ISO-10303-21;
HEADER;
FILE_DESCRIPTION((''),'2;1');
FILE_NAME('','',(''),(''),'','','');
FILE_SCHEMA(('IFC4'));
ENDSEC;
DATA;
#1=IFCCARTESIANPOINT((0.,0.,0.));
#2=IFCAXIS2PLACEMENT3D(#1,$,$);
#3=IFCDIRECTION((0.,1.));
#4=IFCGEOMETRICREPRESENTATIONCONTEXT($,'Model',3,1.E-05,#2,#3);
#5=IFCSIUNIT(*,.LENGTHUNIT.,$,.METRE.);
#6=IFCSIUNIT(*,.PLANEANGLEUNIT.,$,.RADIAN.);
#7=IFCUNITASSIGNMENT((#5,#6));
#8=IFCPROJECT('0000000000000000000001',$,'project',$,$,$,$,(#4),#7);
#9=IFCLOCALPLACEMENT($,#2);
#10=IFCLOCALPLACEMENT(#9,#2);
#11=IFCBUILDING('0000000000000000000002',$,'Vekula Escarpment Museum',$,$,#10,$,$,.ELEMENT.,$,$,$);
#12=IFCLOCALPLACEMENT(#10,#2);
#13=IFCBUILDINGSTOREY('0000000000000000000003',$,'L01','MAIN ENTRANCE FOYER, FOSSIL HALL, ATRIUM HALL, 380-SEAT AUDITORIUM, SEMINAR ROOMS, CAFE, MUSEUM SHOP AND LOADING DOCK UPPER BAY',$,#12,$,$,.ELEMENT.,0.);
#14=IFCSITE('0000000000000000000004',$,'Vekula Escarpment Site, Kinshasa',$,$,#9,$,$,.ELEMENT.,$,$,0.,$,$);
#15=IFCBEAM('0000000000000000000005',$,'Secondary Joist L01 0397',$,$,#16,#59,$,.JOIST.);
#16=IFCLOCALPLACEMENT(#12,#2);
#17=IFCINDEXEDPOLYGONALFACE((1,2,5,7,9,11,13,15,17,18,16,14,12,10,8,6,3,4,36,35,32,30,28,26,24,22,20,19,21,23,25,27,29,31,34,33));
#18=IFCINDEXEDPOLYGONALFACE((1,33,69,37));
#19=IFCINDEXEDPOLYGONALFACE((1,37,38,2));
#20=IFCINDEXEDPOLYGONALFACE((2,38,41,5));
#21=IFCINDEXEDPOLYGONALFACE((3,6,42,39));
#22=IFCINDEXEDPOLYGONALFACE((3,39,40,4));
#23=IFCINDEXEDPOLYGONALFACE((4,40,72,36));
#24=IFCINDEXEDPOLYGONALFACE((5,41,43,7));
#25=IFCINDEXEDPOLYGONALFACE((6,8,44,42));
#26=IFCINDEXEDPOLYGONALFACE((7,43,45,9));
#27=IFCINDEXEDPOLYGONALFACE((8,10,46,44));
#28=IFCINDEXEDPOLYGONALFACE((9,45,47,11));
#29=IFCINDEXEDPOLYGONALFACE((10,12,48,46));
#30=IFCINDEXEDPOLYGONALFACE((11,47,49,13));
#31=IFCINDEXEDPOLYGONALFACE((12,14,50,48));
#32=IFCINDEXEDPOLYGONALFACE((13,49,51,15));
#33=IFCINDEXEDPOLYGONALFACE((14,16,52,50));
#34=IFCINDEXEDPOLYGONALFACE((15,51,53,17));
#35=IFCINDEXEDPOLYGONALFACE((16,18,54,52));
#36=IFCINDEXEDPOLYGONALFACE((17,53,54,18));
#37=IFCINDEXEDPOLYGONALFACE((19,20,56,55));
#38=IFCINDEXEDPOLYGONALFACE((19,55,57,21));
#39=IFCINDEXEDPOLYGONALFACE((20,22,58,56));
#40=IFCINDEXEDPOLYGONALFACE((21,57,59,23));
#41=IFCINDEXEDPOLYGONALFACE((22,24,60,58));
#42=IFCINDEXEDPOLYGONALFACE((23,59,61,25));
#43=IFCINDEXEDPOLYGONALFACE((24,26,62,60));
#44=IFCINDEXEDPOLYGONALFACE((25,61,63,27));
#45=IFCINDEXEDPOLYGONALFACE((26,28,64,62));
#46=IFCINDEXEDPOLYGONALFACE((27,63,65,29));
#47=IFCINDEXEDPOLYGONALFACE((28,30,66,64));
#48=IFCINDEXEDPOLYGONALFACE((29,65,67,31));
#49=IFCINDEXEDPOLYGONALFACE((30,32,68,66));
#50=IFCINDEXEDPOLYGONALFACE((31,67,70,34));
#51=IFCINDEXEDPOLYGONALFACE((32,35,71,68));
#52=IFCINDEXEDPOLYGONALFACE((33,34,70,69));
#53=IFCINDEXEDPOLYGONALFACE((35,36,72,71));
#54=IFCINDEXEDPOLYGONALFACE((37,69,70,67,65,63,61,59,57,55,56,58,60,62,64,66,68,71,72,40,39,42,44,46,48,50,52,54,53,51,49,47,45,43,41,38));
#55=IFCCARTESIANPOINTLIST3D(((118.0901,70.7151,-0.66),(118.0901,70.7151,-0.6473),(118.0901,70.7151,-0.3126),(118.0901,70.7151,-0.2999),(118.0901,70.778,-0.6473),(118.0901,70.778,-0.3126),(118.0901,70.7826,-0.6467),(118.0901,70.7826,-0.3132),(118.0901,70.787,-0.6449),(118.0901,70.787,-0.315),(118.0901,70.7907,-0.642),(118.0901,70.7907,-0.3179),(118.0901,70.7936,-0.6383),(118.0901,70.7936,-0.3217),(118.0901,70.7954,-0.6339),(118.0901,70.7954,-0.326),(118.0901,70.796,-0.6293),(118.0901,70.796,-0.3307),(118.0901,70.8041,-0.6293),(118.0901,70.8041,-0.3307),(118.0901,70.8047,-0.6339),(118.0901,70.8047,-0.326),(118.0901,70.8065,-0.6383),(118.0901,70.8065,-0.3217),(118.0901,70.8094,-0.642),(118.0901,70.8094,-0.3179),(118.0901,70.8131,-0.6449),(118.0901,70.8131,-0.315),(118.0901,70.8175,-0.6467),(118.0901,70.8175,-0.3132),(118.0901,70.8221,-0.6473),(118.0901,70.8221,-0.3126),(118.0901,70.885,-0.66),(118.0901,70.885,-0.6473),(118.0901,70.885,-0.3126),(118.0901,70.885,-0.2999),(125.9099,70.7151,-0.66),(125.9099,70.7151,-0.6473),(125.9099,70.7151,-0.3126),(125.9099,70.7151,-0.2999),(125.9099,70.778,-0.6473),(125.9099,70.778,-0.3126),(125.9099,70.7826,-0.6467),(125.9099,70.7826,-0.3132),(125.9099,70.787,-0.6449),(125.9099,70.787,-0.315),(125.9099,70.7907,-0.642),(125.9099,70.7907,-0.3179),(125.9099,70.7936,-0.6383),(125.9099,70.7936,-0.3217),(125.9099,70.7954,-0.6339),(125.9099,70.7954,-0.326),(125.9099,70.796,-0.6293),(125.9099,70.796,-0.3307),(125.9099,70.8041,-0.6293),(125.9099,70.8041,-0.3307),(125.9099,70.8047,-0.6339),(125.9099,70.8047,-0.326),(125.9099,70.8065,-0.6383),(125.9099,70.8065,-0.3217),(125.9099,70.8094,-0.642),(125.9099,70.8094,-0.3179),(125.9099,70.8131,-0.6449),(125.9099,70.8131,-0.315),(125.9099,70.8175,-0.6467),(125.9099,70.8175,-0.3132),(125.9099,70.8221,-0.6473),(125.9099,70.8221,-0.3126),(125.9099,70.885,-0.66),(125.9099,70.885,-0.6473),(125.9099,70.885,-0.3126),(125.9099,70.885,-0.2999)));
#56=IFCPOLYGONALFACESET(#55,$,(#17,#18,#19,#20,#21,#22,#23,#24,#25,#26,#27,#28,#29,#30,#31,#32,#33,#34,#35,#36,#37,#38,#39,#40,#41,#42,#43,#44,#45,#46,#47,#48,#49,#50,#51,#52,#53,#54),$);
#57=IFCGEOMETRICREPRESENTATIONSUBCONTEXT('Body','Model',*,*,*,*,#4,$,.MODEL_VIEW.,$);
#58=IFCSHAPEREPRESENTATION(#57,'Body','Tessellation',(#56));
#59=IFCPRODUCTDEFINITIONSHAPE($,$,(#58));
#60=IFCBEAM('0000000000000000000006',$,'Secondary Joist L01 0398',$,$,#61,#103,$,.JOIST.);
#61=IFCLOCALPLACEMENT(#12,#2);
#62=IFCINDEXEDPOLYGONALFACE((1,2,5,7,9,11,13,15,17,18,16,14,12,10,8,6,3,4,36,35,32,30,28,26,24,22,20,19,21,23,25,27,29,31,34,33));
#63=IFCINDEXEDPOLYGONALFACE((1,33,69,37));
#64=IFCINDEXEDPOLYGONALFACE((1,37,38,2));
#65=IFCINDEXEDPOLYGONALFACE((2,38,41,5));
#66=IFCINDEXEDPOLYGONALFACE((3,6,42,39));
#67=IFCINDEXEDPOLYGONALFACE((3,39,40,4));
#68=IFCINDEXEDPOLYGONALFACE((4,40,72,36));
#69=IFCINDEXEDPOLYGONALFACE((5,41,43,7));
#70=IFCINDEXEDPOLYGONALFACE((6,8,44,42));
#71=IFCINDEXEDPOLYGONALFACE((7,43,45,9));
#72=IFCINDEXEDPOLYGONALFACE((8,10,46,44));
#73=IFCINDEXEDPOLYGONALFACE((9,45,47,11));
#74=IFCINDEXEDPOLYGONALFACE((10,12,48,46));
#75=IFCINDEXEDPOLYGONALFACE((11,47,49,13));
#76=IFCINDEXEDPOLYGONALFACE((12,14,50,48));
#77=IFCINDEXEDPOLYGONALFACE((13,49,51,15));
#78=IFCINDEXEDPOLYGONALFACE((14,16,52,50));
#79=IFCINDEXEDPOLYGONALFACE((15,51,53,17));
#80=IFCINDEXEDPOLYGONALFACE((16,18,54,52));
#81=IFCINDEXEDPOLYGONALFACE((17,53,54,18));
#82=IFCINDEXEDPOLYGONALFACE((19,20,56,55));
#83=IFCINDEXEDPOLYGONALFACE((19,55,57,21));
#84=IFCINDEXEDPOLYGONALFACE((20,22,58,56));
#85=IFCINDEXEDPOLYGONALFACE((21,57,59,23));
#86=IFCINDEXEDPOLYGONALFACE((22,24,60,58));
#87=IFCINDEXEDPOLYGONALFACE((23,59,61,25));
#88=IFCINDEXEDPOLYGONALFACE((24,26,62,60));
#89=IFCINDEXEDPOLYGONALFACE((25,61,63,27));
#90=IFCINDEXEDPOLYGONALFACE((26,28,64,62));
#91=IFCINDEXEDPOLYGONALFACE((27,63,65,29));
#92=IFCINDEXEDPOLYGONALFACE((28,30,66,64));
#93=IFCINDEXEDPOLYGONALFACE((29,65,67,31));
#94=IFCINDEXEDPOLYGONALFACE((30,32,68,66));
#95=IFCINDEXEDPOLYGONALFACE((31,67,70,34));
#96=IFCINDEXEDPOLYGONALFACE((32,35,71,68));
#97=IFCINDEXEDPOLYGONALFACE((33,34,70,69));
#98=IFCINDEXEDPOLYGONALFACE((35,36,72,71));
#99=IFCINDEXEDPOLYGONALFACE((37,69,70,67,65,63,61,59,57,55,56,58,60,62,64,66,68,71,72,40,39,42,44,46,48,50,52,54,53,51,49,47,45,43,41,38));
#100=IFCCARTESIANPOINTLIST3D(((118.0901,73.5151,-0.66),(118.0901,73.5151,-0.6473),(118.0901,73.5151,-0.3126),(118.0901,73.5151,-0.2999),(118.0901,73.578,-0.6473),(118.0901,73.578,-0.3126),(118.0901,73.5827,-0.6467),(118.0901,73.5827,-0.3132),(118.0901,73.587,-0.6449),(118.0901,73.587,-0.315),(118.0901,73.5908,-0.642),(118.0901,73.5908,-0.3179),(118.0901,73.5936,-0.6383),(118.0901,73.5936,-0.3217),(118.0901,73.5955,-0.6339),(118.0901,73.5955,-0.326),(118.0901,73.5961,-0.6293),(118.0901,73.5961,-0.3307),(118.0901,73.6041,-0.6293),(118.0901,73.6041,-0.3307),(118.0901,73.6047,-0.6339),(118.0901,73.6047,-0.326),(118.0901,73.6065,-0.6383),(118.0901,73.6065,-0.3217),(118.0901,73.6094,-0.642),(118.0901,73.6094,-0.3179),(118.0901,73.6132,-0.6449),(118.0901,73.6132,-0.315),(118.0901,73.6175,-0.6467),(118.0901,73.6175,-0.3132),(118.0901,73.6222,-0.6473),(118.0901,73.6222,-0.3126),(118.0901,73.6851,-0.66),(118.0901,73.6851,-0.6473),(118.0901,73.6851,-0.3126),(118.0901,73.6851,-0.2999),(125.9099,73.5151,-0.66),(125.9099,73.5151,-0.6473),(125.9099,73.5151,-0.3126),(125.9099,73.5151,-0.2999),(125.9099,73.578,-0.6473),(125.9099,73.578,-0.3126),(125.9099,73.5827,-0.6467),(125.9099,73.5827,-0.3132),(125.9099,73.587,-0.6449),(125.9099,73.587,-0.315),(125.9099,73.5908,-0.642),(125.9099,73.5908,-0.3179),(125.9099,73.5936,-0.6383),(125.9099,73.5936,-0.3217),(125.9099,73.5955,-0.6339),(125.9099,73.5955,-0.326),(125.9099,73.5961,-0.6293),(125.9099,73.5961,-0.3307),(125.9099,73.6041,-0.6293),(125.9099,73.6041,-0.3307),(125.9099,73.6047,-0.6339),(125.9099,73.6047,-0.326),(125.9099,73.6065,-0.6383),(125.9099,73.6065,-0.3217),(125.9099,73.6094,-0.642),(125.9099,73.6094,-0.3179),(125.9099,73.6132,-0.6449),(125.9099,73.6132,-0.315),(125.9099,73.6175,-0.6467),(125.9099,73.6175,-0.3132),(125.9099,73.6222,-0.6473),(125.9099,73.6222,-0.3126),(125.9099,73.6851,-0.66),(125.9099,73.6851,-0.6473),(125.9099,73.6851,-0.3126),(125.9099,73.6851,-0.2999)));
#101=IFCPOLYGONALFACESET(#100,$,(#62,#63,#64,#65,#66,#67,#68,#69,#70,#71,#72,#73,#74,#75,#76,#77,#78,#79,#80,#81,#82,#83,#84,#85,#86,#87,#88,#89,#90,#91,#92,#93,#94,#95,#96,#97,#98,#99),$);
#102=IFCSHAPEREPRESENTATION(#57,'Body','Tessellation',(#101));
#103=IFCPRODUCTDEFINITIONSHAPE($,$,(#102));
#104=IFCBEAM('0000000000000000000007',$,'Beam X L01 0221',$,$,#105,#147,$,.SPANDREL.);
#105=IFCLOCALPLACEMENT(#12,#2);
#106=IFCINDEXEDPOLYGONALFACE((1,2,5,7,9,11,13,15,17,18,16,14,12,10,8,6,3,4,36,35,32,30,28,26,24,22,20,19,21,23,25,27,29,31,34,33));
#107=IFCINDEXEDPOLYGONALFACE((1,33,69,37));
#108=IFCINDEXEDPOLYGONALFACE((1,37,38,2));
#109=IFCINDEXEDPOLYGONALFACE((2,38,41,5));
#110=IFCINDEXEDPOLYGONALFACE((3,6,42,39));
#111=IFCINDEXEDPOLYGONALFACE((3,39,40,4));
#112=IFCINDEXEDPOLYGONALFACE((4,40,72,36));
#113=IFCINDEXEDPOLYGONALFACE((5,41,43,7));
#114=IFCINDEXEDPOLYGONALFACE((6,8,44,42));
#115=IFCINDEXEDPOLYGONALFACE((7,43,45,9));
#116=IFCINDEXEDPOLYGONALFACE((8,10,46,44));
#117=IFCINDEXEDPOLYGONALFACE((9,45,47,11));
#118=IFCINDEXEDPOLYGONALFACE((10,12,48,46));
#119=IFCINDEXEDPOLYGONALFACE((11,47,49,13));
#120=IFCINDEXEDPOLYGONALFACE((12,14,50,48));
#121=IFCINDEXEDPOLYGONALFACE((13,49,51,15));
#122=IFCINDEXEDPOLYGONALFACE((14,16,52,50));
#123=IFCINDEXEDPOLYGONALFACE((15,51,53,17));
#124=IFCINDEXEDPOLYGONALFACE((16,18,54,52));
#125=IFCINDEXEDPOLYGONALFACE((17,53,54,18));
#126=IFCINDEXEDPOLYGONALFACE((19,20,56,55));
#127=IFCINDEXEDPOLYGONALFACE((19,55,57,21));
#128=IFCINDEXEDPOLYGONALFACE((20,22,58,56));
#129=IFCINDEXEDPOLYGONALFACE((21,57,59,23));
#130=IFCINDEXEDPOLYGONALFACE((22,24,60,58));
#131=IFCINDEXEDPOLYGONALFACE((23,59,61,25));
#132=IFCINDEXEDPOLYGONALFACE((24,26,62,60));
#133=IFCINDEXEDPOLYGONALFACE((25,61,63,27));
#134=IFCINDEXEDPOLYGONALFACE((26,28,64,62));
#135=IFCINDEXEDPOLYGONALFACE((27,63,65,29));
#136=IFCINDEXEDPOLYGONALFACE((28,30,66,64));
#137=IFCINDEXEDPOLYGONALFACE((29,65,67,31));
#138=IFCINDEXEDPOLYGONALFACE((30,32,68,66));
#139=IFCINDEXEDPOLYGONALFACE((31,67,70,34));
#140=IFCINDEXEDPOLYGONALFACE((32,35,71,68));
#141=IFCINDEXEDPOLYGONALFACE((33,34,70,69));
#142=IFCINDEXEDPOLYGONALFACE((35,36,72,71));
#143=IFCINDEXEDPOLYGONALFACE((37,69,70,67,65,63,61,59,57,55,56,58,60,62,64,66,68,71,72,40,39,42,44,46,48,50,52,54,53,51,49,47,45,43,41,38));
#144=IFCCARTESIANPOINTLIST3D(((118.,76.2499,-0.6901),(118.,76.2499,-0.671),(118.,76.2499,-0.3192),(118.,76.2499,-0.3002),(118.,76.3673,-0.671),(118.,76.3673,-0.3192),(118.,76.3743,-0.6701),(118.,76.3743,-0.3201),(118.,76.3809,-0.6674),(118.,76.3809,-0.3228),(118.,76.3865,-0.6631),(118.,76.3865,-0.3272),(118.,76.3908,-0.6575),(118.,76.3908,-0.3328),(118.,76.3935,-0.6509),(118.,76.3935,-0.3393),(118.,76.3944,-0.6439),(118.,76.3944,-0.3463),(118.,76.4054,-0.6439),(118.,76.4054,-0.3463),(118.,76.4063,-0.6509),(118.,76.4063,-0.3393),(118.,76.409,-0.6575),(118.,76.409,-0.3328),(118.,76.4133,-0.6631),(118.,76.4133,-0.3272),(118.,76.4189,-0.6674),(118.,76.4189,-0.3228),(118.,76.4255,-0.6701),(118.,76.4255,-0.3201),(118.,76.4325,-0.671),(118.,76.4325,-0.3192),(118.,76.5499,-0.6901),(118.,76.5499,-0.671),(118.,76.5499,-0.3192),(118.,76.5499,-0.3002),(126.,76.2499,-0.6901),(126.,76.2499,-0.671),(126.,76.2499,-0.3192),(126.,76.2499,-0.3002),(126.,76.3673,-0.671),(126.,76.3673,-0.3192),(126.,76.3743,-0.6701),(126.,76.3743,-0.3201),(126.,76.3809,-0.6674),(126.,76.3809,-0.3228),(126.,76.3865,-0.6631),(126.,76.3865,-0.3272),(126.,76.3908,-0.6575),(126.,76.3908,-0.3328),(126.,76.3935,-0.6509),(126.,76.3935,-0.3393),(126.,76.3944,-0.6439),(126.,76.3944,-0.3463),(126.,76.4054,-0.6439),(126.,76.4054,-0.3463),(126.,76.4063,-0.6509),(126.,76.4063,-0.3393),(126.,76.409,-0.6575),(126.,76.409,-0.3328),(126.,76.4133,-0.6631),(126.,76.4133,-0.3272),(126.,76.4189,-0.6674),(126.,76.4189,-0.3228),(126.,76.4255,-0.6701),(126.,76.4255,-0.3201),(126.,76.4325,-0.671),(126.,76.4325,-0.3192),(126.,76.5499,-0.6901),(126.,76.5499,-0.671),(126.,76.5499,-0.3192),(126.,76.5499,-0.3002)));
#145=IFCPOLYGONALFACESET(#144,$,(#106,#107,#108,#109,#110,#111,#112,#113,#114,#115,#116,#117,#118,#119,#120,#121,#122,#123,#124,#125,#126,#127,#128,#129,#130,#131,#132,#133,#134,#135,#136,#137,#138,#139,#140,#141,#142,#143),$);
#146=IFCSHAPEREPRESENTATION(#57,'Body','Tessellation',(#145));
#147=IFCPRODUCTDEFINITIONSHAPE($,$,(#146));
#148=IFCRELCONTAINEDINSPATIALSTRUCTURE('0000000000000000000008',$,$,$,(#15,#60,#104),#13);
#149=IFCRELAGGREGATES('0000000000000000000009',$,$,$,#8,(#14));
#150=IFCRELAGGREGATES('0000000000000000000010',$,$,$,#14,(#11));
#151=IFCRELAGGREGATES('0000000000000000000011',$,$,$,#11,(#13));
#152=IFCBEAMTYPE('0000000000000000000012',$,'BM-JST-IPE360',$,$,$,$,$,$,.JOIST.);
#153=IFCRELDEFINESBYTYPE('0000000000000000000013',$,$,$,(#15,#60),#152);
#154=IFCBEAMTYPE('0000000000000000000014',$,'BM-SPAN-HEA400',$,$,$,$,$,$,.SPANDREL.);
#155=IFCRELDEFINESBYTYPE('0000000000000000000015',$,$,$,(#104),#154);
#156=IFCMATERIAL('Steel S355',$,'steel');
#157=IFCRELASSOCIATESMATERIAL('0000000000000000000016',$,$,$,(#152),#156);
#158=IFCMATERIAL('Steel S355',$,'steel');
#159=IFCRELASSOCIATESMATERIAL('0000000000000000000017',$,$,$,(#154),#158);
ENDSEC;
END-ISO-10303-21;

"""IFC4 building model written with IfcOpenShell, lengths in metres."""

from ifc_helpers import new_model, si_unit, direction, frame, origin, origin_2d, place, context, subcontext, project, spatial, i_section, extrude, material, material_profile, profile_set, type_object, element, save


model = new_model("IFC4")

# Units and contexts
model_context = context("Model", 3, precision=1e-05, world=origin(), true_north=direction((0.0, 1.0)))
body_context = subcontext(model_context, "Body", "Model", "MODEL_VIEW")
ifc_project = project(units=[si_unit("LENGTHUNIT", "METRE"), si_unit("PLANEANGLEUNIT", "RADIAN")], contexts=[model_context])

# Site, building, storey
site_placement = place(None, origin())
site = spatial("IfcSite", under=ifc_project, at=site_placement, Name="Vekula Escarpment Site, Kinshasa", CompositionType="ELEMENT", RefElevation=0.0)
building_placement = place(site_placement, origin())
building = spatial("IfcBuilding", under=site, at=building_placement, Name="Vekula Escarpment Museum", CompositionType="ELEMENT")
storey_placement = place(building_placement, origin())
storey = spatial("IfcBuildingStorey", under=building, at=storey_placement, Name="L01", Description="MAIN ENTRANCE FOYER, FOSSIL HALL, ATRIUM HALL, 380-SEAT AUDITORIUM, SEMINAR ROOMS, CAFE, MUSEUM SHOP AND LOADING DOCK UPPER BAY", CompositionType="ELEMENT", Elevation=0.0)

# Beams
ifc_material_1 = material(Name="Steel S355", Category="steel")
ifc_material_profile_1 = material_profile(ifc_material_1, i_section(OverallWidth=0.1699, OverallDepth=0.3601, WebThickness=0.0081, FlangeThickness=0.0127, FilletRadius=0.0181, at=origin_2d()), Name="IPE 360")
ifc_profile_set_1 = profile_set([ifc_material_profile_1], Name="Steel S355")
beam_type_1 = type_object("IfcBeamType", Name="BM-JST-IPE360", PredefinedType="JOIST", material=ifc_profile_set_1)
for number, where, z_axis, x_axis, name in (
    (1, (118.0901, 70.8, -0.48), (1.0, 0.0, 0.0), (0.0, 1.0, 0.0), "Secondary Joist L01 0397"),
    (2, (118.0901, 73.6001, -0.48), (1.0, 0.0, 0.0), (0.0, 1.0, 0.0), "Secondary Joist L01 0398"),
):
    element("IfcBeam", number, at=place(storey_placement, frame(where, z_axis=z_axis, x_axis=x_axis)), inside=storey, type_object=beam_type_1, Name=name, PredefinedType="JOIST", context=body_context, shape_type="SweptSolid", body=[
        extrude(i_section(OverallWidth=0.1699, OverallDepth=0.3601, WebThickness=0.0081, FlangeThickness=0.0127, FilletRadius=0.0181, at=origin_2d()), origin(), (0.0, 0.0, 1.0), 7.8198),
    ])
ifc_material_2 = material(Name="Steel S355", Category="steel")
ifc_material_profile_2 = material_profile(ifc_material_2, i_section(OverallWidth=0.3, OverallDepth=0.3899, WebThickness=0.011, FlangeThickness=0.019, FilletRadius=0.0271, at=origin_2d()), Name="HEA 400")
ifc_profile_set_2 = profile_set([ifc_material_profile_2], Name="Steel S355")
beam_type_2 = type_object("IfcBeamType", Name="BM-SPAN-HEA400", PredefinedType="SPANDREL", material=ifc_profile_set_2)
beam_1_placement = place(storey_placement, frame((118.0, 76.3999, -0.4951), z_axis=(1.0, 0.0, 0.0), x_axis=(0.0, 1.0, 0.0)))
element("IfcBeam", 3, at=beam_1_placement, inside=storey, type_object=beam_type_2, Name="Beam X L01 0221", PredefinedType="SPANDREL", context=body_context, shape_type="SweptSolid", body=[
    extrude(i_section(OverallWidth=0.3, OverallDepth=0.3899, WebThickness=0.011, FlangeThickness=0.019, FilletRadius=0.0271, at=origin_2d()), origin(), (0.0, 0.0, 1.0), 8.0),
])

save(model, "model.ifc")
